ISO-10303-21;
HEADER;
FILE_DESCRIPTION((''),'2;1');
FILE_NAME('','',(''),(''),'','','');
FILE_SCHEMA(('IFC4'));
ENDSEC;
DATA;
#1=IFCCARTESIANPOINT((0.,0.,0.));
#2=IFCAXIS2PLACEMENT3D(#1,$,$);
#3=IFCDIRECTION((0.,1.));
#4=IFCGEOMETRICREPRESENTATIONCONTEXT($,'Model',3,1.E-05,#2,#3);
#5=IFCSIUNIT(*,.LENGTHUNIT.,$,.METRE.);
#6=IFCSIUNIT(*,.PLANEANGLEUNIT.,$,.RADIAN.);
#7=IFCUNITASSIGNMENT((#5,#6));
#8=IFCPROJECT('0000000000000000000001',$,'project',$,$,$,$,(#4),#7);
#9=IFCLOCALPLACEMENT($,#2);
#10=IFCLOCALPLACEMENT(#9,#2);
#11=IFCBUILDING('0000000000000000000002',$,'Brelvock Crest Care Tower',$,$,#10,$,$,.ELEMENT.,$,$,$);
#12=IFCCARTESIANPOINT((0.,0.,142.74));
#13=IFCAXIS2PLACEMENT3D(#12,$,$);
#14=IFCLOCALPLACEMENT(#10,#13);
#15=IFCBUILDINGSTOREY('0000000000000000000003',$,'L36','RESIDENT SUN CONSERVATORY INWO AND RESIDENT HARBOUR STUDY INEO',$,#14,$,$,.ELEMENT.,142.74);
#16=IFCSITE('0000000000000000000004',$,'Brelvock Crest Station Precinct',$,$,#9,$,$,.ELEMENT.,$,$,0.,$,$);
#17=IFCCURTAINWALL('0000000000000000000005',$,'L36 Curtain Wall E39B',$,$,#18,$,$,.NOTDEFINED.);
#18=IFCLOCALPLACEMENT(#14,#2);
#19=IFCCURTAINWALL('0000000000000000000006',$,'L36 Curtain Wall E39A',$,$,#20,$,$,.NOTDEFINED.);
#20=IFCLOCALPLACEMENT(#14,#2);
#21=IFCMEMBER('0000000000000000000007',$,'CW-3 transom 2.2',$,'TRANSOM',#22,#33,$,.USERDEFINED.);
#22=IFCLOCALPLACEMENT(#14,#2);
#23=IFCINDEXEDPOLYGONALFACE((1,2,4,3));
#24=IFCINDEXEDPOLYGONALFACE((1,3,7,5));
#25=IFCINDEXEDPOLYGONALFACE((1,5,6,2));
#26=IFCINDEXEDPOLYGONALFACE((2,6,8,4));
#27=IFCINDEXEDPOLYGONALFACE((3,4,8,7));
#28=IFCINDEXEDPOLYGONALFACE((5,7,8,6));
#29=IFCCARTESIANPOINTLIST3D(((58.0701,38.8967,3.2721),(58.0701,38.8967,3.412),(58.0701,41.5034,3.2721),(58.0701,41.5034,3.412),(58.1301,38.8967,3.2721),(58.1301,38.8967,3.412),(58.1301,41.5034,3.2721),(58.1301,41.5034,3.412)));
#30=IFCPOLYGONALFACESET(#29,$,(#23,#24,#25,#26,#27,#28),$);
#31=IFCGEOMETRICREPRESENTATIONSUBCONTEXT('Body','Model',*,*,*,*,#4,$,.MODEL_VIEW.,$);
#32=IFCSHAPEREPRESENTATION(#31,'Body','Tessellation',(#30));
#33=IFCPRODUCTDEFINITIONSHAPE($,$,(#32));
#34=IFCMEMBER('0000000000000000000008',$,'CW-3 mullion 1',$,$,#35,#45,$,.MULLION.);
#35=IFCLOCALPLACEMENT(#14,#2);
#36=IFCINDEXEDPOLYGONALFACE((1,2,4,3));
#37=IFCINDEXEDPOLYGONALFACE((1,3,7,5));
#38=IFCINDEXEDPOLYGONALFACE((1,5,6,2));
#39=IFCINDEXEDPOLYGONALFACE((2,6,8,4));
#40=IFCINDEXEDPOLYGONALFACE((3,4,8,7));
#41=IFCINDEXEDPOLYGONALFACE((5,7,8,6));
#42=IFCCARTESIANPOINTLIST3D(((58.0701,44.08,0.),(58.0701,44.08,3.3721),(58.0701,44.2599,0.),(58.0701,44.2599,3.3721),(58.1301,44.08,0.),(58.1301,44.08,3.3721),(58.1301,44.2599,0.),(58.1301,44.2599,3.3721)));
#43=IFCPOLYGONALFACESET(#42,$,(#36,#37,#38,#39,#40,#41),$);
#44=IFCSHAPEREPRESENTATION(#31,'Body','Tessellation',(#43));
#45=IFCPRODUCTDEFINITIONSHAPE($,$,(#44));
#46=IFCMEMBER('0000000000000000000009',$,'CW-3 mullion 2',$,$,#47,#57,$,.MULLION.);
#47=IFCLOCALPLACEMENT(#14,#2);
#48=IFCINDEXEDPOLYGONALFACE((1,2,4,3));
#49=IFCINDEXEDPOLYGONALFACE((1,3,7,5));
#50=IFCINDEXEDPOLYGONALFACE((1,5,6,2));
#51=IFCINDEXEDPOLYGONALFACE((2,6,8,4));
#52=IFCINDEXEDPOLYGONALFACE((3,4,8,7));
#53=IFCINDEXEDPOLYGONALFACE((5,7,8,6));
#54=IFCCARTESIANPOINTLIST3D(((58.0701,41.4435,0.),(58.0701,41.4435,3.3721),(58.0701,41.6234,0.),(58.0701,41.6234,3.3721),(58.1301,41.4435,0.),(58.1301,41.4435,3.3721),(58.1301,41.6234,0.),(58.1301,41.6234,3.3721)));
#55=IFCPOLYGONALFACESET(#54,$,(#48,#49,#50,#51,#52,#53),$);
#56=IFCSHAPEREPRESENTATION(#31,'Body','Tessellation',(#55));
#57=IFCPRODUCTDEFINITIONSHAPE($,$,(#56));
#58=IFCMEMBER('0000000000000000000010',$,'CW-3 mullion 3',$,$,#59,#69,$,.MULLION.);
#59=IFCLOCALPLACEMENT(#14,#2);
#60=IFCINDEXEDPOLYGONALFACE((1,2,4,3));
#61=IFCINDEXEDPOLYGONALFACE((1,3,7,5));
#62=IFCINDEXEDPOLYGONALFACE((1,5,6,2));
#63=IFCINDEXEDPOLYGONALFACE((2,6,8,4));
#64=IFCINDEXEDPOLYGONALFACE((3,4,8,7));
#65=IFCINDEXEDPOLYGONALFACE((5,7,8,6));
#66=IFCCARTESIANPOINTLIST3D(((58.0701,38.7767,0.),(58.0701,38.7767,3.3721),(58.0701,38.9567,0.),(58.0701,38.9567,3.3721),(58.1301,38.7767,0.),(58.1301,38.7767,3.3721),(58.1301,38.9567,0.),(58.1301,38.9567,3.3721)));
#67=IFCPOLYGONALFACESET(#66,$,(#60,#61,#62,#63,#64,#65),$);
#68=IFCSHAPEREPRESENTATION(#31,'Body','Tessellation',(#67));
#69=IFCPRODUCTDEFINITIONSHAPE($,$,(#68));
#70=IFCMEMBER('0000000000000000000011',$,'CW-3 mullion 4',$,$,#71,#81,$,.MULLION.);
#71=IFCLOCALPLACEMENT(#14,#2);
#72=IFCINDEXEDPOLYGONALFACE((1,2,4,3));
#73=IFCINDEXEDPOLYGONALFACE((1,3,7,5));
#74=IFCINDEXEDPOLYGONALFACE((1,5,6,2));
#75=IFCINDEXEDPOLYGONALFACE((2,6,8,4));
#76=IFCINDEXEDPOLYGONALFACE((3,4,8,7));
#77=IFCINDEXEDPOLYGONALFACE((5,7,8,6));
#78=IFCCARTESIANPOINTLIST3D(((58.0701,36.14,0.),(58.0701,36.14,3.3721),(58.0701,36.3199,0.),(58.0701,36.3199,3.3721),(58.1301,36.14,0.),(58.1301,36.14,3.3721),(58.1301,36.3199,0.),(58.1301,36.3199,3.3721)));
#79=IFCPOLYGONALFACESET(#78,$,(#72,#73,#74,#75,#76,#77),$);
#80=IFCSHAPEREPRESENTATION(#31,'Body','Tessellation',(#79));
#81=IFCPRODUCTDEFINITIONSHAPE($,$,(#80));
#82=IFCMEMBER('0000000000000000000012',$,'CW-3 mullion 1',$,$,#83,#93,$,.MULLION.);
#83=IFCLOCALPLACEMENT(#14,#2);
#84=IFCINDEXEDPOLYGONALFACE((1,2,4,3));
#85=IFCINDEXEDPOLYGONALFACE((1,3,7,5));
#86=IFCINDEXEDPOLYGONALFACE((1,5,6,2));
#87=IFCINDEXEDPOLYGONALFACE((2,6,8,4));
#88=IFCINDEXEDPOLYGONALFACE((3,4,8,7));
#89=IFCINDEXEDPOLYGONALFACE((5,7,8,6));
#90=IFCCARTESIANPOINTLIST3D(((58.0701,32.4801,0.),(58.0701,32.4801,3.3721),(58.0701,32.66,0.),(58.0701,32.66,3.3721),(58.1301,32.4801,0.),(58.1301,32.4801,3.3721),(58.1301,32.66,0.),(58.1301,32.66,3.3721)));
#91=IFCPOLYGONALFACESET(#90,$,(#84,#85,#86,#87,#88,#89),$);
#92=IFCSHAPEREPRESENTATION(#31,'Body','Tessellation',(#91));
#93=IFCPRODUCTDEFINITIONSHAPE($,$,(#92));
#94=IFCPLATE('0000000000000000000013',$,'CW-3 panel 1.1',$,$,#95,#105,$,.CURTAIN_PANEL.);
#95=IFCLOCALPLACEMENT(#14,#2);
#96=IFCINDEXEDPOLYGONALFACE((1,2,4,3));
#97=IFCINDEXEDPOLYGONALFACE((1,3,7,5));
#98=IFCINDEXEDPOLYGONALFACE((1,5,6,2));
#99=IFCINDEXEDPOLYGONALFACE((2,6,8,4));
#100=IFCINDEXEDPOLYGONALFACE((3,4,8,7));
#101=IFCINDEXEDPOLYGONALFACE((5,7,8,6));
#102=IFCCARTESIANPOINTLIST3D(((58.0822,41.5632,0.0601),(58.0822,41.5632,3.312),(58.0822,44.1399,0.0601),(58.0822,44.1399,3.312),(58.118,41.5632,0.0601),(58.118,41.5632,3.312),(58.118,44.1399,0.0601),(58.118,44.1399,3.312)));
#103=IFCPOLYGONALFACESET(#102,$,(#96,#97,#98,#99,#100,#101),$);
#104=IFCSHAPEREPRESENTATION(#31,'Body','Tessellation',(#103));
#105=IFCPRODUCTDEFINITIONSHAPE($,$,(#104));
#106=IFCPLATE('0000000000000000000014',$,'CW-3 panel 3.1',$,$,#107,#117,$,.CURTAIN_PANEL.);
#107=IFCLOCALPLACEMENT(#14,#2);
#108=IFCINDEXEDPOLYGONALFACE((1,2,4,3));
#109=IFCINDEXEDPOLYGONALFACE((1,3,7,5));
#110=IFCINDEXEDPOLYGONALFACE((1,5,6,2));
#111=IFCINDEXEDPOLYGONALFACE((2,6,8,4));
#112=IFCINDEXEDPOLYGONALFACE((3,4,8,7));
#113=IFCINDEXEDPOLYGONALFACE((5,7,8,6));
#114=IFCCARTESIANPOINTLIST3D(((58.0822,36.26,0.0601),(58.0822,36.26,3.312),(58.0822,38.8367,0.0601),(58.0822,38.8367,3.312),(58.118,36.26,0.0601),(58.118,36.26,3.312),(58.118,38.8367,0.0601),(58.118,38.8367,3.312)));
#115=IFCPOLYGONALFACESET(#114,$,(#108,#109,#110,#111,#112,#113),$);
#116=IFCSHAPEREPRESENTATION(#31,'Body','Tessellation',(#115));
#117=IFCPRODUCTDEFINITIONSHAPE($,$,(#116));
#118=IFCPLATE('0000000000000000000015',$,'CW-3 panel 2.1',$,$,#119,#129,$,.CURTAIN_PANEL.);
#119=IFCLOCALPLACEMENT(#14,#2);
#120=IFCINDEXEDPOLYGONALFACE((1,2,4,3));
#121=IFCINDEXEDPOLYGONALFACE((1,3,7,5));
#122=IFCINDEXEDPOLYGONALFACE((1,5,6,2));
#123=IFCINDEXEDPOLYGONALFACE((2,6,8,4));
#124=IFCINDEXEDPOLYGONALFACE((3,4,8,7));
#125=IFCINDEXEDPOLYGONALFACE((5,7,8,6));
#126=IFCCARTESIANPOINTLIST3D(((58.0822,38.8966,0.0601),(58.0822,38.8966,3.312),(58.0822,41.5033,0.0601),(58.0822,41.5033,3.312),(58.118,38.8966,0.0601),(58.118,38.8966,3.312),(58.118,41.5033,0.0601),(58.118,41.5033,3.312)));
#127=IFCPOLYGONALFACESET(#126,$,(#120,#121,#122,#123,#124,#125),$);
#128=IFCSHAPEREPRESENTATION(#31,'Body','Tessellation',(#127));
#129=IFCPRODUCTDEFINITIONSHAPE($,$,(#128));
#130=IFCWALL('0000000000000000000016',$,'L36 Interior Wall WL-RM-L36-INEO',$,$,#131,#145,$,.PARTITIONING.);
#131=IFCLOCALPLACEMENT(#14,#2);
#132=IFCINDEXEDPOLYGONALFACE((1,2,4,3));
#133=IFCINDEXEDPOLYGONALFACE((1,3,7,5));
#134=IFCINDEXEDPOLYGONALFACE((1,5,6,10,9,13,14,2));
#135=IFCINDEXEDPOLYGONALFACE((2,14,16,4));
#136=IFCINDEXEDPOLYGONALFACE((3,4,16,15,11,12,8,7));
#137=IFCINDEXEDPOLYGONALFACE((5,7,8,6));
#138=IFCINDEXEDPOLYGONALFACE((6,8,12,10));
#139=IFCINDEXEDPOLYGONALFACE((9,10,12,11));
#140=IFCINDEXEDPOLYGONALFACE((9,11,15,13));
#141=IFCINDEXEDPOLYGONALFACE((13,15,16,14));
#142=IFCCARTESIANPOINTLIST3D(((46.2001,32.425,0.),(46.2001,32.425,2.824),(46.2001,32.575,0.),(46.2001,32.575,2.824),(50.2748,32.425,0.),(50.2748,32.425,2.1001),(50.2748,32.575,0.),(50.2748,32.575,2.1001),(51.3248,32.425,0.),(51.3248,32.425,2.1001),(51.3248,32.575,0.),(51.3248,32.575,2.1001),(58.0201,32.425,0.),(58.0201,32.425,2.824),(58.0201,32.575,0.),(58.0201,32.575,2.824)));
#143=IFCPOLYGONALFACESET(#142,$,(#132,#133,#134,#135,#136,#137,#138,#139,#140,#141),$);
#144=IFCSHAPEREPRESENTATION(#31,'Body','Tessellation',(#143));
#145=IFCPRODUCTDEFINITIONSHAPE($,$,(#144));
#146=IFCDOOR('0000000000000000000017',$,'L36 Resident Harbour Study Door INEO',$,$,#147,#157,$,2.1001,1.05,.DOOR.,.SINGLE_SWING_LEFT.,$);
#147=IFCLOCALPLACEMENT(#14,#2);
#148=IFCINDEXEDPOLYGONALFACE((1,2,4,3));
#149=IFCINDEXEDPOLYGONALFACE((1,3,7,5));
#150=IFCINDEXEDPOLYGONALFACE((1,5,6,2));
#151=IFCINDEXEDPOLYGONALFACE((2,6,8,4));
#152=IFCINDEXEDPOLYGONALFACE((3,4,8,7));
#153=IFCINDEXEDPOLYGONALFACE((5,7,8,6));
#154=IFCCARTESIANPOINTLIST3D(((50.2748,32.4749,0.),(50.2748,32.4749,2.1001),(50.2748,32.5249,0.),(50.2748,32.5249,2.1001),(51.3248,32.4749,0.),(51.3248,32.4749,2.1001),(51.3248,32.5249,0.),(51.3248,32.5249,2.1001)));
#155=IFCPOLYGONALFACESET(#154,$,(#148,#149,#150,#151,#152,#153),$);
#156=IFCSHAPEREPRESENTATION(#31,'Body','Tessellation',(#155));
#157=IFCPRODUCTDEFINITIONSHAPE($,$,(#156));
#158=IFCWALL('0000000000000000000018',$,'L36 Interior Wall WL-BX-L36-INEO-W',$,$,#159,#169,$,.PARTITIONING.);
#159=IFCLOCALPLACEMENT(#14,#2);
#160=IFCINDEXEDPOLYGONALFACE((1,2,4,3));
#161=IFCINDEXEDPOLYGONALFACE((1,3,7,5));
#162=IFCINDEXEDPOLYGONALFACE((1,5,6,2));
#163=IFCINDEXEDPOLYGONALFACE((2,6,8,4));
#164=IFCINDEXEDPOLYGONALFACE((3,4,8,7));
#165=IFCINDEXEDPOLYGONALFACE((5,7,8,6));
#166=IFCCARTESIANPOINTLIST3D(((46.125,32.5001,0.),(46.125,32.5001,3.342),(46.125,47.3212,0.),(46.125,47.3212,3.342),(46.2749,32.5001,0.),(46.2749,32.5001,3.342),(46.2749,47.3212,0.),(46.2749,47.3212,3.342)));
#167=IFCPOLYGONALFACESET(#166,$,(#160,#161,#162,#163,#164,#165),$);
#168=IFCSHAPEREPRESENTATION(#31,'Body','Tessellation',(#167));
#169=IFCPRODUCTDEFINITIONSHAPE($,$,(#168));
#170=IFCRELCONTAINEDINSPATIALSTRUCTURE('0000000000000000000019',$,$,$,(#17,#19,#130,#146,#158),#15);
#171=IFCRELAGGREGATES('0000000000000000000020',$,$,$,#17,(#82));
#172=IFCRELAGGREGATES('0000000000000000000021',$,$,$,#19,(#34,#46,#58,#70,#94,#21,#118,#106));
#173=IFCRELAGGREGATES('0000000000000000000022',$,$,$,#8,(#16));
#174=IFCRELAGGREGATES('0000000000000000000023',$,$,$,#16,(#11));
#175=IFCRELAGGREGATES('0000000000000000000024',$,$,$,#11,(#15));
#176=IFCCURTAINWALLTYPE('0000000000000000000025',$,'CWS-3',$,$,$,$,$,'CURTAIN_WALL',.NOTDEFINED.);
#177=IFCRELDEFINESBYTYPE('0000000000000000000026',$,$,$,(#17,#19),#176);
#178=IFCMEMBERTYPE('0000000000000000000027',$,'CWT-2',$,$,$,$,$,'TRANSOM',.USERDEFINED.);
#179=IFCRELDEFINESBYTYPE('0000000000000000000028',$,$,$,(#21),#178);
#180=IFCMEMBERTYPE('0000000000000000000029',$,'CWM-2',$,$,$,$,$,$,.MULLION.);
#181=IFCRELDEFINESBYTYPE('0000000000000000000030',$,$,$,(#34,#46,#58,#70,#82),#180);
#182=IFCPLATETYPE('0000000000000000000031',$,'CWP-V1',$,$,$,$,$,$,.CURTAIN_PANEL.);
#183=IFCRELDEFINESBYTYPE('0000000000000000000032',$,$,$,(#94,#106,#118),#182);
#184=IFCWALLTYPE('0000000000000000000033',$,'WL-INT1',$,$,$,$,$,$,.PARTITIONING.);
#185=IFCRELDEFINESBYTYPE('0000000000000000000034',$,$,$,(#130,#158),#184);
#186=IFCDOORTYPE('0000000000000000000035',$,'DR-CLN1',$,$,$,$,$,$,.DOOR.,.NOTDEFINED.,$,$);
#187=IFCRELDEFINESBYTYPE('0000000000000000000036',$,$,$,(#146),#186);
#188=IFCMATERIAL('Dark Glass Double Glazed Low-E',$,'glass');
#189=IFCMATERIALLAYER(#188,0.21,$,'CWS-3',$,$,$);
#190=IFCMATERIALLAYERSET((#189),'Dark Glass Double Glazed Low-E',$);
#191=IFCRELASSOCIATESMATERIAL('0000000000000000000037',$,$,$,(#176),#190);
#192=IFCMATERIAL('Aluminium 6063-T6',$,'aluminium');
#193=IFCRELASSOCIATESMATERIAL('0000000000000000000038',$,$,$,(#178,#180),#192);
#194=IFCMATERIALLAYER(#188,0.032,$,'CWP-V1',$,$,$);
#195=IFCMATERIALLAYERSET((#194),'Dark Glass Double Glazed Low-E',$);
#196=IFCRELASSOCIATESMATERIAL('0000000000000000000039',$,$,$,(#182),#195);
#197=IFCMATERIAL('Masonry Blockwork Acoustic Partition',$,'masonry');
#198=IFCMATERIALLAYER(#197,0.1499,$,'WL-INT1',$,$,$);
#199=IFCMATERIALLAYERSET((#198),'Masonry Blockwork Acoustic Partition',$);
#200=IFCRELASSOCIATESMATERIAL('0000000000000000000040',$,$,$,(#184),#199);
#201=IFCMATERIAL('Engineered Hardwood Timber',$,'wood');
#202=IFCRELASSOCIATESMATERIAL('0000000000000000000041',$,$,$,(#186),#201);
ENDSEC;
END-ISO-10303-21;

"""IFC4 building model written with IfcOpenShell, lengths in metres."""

from ifc_helpers import new_model, si_unit, direction, frame, frame_2d, origin, origin_2d, place, context, subcontext, project, spatial, rectangle, extrude, source, transform, mapped, material, layer, layer_set, material_profile, profile_set, type_object, element, fill, aggregate, save


model = new_model("IFC4")

# Units and contexts
model_context = context("Model", 3, precision=1e-05, world=origin(), true_north=direction((0.0, 1.0)))
body_context = subcontext(model_context, "Body", "Model", "MODEL_VIEW")
ifc_project = project(units=[si_unit("LENGTHUNIT", "METRE"), si_unit("PLANEANGLEUNIT", "RADIAN")], contexts=[model_context])

# Site, building, storey
site_placement = place(None, origin())
site = spatial("IfcSite", under=ifc_project, at=site_placement, Name="Brelvock Crest Station Precinct", CompositionType="ELEMENT", RefElevation=0.0)
building_placement = place(site_placement, origin())
building = spatial("IfcBuilding", under=site, at=building_placement, Name="Brelvock Crest Care Tower", CompositionType="ELEMENT")
storey_placement = place(building_placement, frame((0.0, 0.0, 142.74)))
storey = spatial("IfcBuildingStorey", under=building, at=storey_placement, Name="L36", Description="RESIDENT SUN CONSERVATORY INWO AND RESIDENT HARBOUR STUDY INEO", CompositionType="ELEMENT", Elevation=142.74)

# Curtain walls, members
ifc_material_1 = material(Name="Dark Glass Double Glazed Low-E", Category="glass")
ifc_layer_1 = layer(ifc_material_1, 0.21, Name="CWS-3")
ifc_layer_set_1 = layer_set([ifc_layer_1], Name="Dark Glass Double Glazed Low-E")
curtain_wall_type = type_object("IfcCurtainWallType", Name="CWS-3", ElementType="CURTAIN_WALL", PredefinedType="NOTDEFINED", material=ifc_layer_set_1)
curtain_wall_1_placement = place(storey_placement, origin())
curtain_wall_1 = element("IfcCurtainWall", 1, at=curtain_wall_1_placement, inside=storey, type_object=curtain_wall_type, Name="L36 Curtain Wall E39B", PredefinedType="NOTDEFINED")
ifc_material_2 = material(Name="Aluminium 6063-T6", Category="aluminium")
ifc_material_profile_1 = material_profile(ifc_material_2, rectangle(XDim=0.0601, YDim=0.1399, at=origin_2d()), Name="ALU60x140")
ifc_profile_set_1 = profile_set([ifc_material_profile_1], Name="Aluminium 6063-T6")
member_type_1 = type_object("IfcMemberType", Name="CWT-2", ElementType="TRANSOM", PredefinedType="USERDEFINED", material=ifc_profile_set_1)
curtain_wall_2_placement = place(storey_placement, origin())
curtain_wall_2 = element("IfcCurtainWall", 2, at=curtain_wall_2_placement, inside=storey, type_object=curtain_wall_type, Name="L36 Curtain Wall E39A", PredefinedType="NOTDEFINED")
shared_shape_1 = source(origin(), body_context, "Body", "SweptSolid", [
    extrude(rectangle(XDim=0.0601, YDim=0.1399, at=origin_2d()), origin(), (0.0, 0.0, 1.0), 2.6067),
])
member_1_placement = place(storey_placement, frame((58.1001, 41.5034, 3.342), z_axis=(0.0, -1.0, 0.0), x_axis=(1.0, 0.0, 0.0)))
member_1 = element("IfcMember", 3, at=member_1_placement, type_object=member_type_1, Name="CW-3 transom 2.2", ObjectType="TRANSOM", PredefinedType="USERDEFINED", context=body_context, shape_type="MappedRepresentation", body=[
    mapped(shared_shape_1, transform((0.0, 0.0, 0.0), x_axis=(1.0, 0.0, 0.0), y_axis=(0.0, 1.0, 0.0), z_axis=(0.0, 0.0, 1.0), scale=1.0)),
])
ifc_material_profile_2 = material_profile(ifc_material_2, rectangle(XDim=0.0601, YDim=0.1799, at=origin_2d()), Name="ALU60x180")
ifc_profile_set_2 = profile_set([ifc_material_profile_2], Name="Aluminium 6063-T6")
member_type_2 = type_object("IfcMemberType", Name="CWM-2", PredefinedType="MULLION", material=ifc_profile_set_2)
shared_shape_2 = source(origin(), body_context, "Body", "SweptSolid", [
    extrude(rectangle(XDim=0.0601, YDim=0.1799, at=origin_2d()), origin(), (0.0, 0.0, 1.0), 3.3721),
])
member_2_placement = place(storey_placement, frame((58.1001, 44.1699, 0.0), z_axis=(0.0, 0.0, 1.0), x_axis=(1.0, 0.0, 0.0)))
member_2 = element("IfcMember", 4, at=member_2_placement, type_object=member_type_2, Name="CW-3 mullion 1", PredefinedType="MULLION", context=body_context, shape_type="MappedRepresentation", body=[
    mapped(shared_shape_2, transform((0.0, 0.0, 0.0), x_axis=(1.0, 0.0, 0.0), y_axis=(0.0, 1.0, 0.0), z_axis=(0.0, 0.0, 1.0), scale=1.0)),
])
member_3_placement = place(storey_placement, frame((58.1001, 41.5334, 0.0), z_axis=(0.0, 0.0, 1.0), x_axis=(1.0, 0.0, 0.0)))
member_3 = element("IfcMember", 5, at=member_3_placement, type_object=member_type_2, Name="CW-3 mullion 2", PredefinedType="MULLION", context=body_context, shape_type="MappedRepresentation", body=[
    mapped(shared_shape_2, transform((0.0, 0.0, 0.0), x_axis=(1.0, 0.0, 0.0), y_axis=(0.0, 1.0, 0.0), z_axis=(0.0, 0.0, 1.0), scale=1.0)),
])
member_4_placement = place(storey_placement, frame((58.1001, 38.8667, 0.0), z_axis=(0.0, 0.0, 1.0), x_axis=(1.0, 0.0, 0.0)))
member_4 = element("IfcMember", 6, at=member_4_placement, type_object=member_type_2, Name="CW-3 mullion 3", PredefinedType="MULLION", context=body_context, shape_type="MappedRepresentation", body=[
    mapped(shared_shape_2, transform((0.0, 0.0, 0.0), x_axis=(1.0, 0.0, 0.0), y_axis=(0.0, 1.0, 0.0), z_axis=(0.0, 0.0, 1.0), scale=1.0)),
])
member_5_placement = place(storey_placement, frame((58.1001, 36.23, 0.0), z_axis=(0.0, 0.0, 1.0), x_axis=(1.0, 0.0, 0.0)))
member_5 = element("IfcMember", 7, at=member_5_placement, type_object=member_type_2, Name="CW-3 mullion 4", PredefinedType="MULLION", context=body_context, shape_type="MappedRepresentation", body=[
    mapped(shared_shape_2, transform((0.0, 0.0, 0.0), x_axis=(1.0, 0.0, 0.0), y_axis=(0.0, 1.0, 0.0), z_axis=(0.0, 0.0, 1.0), scale=1.0)),
])

# Member
member_6_placement = place(storey_placement, frame((58.1001, 32.5701, 0.0), z_axis=(0.0, 0.0, 1.0), x_axis=(1.0, 0.0, 0.0)))
member_6 = element("IfcMember", 8, at=member_6_placement, type_object=member_type_2, Name="CW-3 mullion 1", PredefinedType="MULLION", context=body_context, shape_type="MappedRepresentation", body=[
    mapped(shared_shape_2, transform((0.0, 0.0, 0.0), x_axis=(1.0, 0.0, 0.0), y_axis=(0.0, 1.0, 0.0), z_axis=(0.0, 0.0, 1.0), scale=1.0)),
])
aggregate(curtain_wall_1, [member_6])

# Plates
ifc_layer_2 = layer(ifc_material_1, 0.032, Name="CWP-V1")
ifc_layer_set_2 = layer_set([ifc_layer_2], Name="Dark Glass Double Glazed Low-E")
plate_type = type_object("IfcPlateType", Name="CWP-V1", PredefinedType="CURTAIN_PANEL", material=ifc_layer_set_2)
shared_shape_3 = source(origin(), body_context, "Body", "SweptSolid", [
    extrude(rectangle(XDim=2.5767, YDim=0.0359, at=origin_2d()), origin(), (0.0, 0.0, 1.0), 3.252),
])
plate_1_placement = place(storey_placement, frame((58.1001, 42.8516, 0.0601), z_axis=(0.0, 0.0, 1.0), x_axis=(0.0, -1.0, 0.0)))
plate_1 = element("IfcPlate", 9, at=plate_1_placement, type_object=plate_type, Name="CW-3 panel 1.1", PredefinedType="CURTAIN_PANEL", context=body_context, shape_type="MappedRepresentation", body=[
    mapped(shared_shape_3, transform((0.0, 0.0, 0.0), x_axis=(1.0, 0.0, 0.0), y_axis=(0.0, 1.0, 0.0), z_axis=(0.0, 0.0, 1.0), scale=1.0)),
])
plate_2_placement = place(storey_placement, frame((58.1001, 37.5483, 0.0601), z_axis=(0.0, 0.0, 1.0), x_axis=(0.0, -1.0, 0.0)))
plate_2 = element("IfcPlate", 10, at=plate_2_placement, type_object=plate_type, Name="CW-3 panel 3.1", PredefinedType="CURTAIN_PANEL", context=body_context, shape_type="MappedRepresentation", body=[
    mapped(shared_shape_3, transform((0.0, 0.0, 0.0), x_axis=(1.0, 0.0, 0.0), y_axis=(0.0, 1.0, 0.0), z_axis=(0.0, 0.0, 1.0), scale=1.0)),
])
shared_shape_4 = source(origin(), body_context, "Body", "SweptSolid", [
    extrude(rectangle(XDim=2.6067, YDim=0.0359, at=origin_2d()), origin(), (0.0, 0.0, 1.0), 3.252),
])
plate_3_placement = place(storey_placement, frame((58.1001, 40.2, 0.0601), z_axis=(0.0, 0.0, 1.0), x_axis=(0.0, -1.0, 0.0)))
plate_3 = element("IfcPlate", 11, at=plate_3_placement, type_object=plate_type, Name="CW-3 panel 2.1", PredefinedType="CURTAIN_PANEL", context=body_context, shape_type="MappedRepresentation", body=[
    mapped(shared_shape_4, transform((0.0, 0.0, 0.0), x_axis=(1.0, 0.0, 0.0), y_axis=(0.0, 1.0, 0.0), z_axis=(0.0, 0.0, 1.0), scale=1.0)),
])
aggregate(curtain_wall_2, [member_2, member_3, member_4, member_5, plate_1, member_1, plate_3, plate_2])

# Wall, opening, door
ifc_material_3 = material(Name="Masonry Blockwork Acoustic Partition", Category="masonry")
ifc_layer_3 = layer(ifc_material_3, 0.1499, Name="WL-INT1")
ifc_layer_set_3 = layer_set([ifc_layer_3], Name="Masonry Blockwork Acoustic Partition")
wall_type_1 = type_object("IfcWallType", Name="WL-INT1", PredefinedType="PARTITIONING", material=ifc_layer_set_3)
wall_1_placement = place(storey_placement, frame((46.2, 32.5, 0.0), z_axis=(0.0, 0.0, 1.0), x_axis=(1.0, 0.0, 0.0)))
wall_1 = element("IfcWall", 12, at=wall_1_placement, inside=storey, type_object=wall_type_1, Name="L36 Interior Wall WL-RM-L36-INEO", PredefinedType="PARTITIONING", context=body_context, shape_type="SweptSolid", body=[
    extrude(rectangle(XDim=11.8201, YDim=0.1499, at=frame_2d((5.9102, 0.0))), origin(), (0.0, 0.0, 1.0), 2.824),
])
opening_1_placement = place(wall_1_placement, frame((4.075, 0.0, 0.0)))
opening_1 = element("IfcOpeningElement", 13, at=opening_1_placement, cuts=wall_1, PredefinedType="OPENING", context=body_context, shape_type="SweptSolid", body=[
    extrude(rectangle(XDim=1.05, YDim=2.1001, at=origin_2d()), frame((0.5249, 0.085, 1.05), z_axis=(0.0, -1.0, 0.0), x_axis=(1.0, 0.0, 0.0)), (0.0, 0.0, 1.0), 0.1699),
])
ifc_material_4 = material(Name="Engineered Hardwood Timber", Category="wood")
door_type_1 = type_object("IfcDoorType", Name="DR-CLN1", OperationType="NOTDEFINED", PredefinedType="DOOR", material=ifc_material_4)
shared_shape_5 = source(origin(), body_context, "Body", "SweptSolid", [
    extrude(rectangle(XDim=1.05, YDim=2.1001, at=origin_2d()), frame((0.5249, 0.0249, 1.05), z_axis=(0.0, -1.0, 0.0), x_axis=(1.0, 0.0, 0.0)), (0.0, 0.0, 1.0), 0.05),
])
door_1_placement = place(opening_1_placement, origin())
door_1 = element("IfcDoor", 14, at=door_1_placement, inside=storey, type_object=door_type_1, Name="L36 Resident Harbour Study Door INEO", OperationType="SINGLE_SWING_LEFT", OverallHeight=2.1001, OverallWidth=1.05, PredefinedType="DOOR", context=body_context, shape_type="MappedRepresentation", body=[
    mapped(shared_shape_5, transform((0.0, 0.0, 0.0), x_axis=(1.0, 0.0, 0.0), y_axis=(0.0, 1.0, 0.0), z_axis=(0.0, 0.0, 1.0), scale=1.0)),
])
fill(opening_1, door_1)

# Wall
wall_2_placement = place(storey_placement, frame((46.2, 32.5, 0.0), z_axis=(0.0, 0.0, 1.0), x_axis=(0.0, 1.0, 0.0)))
element("IfcWall", 15, at=wall_2_placement, inside=storey, type_object=wall_type_1, Name="L36 Interior Wall WL-BX-L36-INEO-W", PredefinedType="PARTITIONING", context=body_context, shape_type="SweptSolid", body=[
    extrude(rectangle(XDim=14.821, YDim=0.1499, at=frame_2d((7.4106, 0.0))), origin(), (0.0, 0.0, 1.0), 3.342),
])

save(model, "model.ifc")
